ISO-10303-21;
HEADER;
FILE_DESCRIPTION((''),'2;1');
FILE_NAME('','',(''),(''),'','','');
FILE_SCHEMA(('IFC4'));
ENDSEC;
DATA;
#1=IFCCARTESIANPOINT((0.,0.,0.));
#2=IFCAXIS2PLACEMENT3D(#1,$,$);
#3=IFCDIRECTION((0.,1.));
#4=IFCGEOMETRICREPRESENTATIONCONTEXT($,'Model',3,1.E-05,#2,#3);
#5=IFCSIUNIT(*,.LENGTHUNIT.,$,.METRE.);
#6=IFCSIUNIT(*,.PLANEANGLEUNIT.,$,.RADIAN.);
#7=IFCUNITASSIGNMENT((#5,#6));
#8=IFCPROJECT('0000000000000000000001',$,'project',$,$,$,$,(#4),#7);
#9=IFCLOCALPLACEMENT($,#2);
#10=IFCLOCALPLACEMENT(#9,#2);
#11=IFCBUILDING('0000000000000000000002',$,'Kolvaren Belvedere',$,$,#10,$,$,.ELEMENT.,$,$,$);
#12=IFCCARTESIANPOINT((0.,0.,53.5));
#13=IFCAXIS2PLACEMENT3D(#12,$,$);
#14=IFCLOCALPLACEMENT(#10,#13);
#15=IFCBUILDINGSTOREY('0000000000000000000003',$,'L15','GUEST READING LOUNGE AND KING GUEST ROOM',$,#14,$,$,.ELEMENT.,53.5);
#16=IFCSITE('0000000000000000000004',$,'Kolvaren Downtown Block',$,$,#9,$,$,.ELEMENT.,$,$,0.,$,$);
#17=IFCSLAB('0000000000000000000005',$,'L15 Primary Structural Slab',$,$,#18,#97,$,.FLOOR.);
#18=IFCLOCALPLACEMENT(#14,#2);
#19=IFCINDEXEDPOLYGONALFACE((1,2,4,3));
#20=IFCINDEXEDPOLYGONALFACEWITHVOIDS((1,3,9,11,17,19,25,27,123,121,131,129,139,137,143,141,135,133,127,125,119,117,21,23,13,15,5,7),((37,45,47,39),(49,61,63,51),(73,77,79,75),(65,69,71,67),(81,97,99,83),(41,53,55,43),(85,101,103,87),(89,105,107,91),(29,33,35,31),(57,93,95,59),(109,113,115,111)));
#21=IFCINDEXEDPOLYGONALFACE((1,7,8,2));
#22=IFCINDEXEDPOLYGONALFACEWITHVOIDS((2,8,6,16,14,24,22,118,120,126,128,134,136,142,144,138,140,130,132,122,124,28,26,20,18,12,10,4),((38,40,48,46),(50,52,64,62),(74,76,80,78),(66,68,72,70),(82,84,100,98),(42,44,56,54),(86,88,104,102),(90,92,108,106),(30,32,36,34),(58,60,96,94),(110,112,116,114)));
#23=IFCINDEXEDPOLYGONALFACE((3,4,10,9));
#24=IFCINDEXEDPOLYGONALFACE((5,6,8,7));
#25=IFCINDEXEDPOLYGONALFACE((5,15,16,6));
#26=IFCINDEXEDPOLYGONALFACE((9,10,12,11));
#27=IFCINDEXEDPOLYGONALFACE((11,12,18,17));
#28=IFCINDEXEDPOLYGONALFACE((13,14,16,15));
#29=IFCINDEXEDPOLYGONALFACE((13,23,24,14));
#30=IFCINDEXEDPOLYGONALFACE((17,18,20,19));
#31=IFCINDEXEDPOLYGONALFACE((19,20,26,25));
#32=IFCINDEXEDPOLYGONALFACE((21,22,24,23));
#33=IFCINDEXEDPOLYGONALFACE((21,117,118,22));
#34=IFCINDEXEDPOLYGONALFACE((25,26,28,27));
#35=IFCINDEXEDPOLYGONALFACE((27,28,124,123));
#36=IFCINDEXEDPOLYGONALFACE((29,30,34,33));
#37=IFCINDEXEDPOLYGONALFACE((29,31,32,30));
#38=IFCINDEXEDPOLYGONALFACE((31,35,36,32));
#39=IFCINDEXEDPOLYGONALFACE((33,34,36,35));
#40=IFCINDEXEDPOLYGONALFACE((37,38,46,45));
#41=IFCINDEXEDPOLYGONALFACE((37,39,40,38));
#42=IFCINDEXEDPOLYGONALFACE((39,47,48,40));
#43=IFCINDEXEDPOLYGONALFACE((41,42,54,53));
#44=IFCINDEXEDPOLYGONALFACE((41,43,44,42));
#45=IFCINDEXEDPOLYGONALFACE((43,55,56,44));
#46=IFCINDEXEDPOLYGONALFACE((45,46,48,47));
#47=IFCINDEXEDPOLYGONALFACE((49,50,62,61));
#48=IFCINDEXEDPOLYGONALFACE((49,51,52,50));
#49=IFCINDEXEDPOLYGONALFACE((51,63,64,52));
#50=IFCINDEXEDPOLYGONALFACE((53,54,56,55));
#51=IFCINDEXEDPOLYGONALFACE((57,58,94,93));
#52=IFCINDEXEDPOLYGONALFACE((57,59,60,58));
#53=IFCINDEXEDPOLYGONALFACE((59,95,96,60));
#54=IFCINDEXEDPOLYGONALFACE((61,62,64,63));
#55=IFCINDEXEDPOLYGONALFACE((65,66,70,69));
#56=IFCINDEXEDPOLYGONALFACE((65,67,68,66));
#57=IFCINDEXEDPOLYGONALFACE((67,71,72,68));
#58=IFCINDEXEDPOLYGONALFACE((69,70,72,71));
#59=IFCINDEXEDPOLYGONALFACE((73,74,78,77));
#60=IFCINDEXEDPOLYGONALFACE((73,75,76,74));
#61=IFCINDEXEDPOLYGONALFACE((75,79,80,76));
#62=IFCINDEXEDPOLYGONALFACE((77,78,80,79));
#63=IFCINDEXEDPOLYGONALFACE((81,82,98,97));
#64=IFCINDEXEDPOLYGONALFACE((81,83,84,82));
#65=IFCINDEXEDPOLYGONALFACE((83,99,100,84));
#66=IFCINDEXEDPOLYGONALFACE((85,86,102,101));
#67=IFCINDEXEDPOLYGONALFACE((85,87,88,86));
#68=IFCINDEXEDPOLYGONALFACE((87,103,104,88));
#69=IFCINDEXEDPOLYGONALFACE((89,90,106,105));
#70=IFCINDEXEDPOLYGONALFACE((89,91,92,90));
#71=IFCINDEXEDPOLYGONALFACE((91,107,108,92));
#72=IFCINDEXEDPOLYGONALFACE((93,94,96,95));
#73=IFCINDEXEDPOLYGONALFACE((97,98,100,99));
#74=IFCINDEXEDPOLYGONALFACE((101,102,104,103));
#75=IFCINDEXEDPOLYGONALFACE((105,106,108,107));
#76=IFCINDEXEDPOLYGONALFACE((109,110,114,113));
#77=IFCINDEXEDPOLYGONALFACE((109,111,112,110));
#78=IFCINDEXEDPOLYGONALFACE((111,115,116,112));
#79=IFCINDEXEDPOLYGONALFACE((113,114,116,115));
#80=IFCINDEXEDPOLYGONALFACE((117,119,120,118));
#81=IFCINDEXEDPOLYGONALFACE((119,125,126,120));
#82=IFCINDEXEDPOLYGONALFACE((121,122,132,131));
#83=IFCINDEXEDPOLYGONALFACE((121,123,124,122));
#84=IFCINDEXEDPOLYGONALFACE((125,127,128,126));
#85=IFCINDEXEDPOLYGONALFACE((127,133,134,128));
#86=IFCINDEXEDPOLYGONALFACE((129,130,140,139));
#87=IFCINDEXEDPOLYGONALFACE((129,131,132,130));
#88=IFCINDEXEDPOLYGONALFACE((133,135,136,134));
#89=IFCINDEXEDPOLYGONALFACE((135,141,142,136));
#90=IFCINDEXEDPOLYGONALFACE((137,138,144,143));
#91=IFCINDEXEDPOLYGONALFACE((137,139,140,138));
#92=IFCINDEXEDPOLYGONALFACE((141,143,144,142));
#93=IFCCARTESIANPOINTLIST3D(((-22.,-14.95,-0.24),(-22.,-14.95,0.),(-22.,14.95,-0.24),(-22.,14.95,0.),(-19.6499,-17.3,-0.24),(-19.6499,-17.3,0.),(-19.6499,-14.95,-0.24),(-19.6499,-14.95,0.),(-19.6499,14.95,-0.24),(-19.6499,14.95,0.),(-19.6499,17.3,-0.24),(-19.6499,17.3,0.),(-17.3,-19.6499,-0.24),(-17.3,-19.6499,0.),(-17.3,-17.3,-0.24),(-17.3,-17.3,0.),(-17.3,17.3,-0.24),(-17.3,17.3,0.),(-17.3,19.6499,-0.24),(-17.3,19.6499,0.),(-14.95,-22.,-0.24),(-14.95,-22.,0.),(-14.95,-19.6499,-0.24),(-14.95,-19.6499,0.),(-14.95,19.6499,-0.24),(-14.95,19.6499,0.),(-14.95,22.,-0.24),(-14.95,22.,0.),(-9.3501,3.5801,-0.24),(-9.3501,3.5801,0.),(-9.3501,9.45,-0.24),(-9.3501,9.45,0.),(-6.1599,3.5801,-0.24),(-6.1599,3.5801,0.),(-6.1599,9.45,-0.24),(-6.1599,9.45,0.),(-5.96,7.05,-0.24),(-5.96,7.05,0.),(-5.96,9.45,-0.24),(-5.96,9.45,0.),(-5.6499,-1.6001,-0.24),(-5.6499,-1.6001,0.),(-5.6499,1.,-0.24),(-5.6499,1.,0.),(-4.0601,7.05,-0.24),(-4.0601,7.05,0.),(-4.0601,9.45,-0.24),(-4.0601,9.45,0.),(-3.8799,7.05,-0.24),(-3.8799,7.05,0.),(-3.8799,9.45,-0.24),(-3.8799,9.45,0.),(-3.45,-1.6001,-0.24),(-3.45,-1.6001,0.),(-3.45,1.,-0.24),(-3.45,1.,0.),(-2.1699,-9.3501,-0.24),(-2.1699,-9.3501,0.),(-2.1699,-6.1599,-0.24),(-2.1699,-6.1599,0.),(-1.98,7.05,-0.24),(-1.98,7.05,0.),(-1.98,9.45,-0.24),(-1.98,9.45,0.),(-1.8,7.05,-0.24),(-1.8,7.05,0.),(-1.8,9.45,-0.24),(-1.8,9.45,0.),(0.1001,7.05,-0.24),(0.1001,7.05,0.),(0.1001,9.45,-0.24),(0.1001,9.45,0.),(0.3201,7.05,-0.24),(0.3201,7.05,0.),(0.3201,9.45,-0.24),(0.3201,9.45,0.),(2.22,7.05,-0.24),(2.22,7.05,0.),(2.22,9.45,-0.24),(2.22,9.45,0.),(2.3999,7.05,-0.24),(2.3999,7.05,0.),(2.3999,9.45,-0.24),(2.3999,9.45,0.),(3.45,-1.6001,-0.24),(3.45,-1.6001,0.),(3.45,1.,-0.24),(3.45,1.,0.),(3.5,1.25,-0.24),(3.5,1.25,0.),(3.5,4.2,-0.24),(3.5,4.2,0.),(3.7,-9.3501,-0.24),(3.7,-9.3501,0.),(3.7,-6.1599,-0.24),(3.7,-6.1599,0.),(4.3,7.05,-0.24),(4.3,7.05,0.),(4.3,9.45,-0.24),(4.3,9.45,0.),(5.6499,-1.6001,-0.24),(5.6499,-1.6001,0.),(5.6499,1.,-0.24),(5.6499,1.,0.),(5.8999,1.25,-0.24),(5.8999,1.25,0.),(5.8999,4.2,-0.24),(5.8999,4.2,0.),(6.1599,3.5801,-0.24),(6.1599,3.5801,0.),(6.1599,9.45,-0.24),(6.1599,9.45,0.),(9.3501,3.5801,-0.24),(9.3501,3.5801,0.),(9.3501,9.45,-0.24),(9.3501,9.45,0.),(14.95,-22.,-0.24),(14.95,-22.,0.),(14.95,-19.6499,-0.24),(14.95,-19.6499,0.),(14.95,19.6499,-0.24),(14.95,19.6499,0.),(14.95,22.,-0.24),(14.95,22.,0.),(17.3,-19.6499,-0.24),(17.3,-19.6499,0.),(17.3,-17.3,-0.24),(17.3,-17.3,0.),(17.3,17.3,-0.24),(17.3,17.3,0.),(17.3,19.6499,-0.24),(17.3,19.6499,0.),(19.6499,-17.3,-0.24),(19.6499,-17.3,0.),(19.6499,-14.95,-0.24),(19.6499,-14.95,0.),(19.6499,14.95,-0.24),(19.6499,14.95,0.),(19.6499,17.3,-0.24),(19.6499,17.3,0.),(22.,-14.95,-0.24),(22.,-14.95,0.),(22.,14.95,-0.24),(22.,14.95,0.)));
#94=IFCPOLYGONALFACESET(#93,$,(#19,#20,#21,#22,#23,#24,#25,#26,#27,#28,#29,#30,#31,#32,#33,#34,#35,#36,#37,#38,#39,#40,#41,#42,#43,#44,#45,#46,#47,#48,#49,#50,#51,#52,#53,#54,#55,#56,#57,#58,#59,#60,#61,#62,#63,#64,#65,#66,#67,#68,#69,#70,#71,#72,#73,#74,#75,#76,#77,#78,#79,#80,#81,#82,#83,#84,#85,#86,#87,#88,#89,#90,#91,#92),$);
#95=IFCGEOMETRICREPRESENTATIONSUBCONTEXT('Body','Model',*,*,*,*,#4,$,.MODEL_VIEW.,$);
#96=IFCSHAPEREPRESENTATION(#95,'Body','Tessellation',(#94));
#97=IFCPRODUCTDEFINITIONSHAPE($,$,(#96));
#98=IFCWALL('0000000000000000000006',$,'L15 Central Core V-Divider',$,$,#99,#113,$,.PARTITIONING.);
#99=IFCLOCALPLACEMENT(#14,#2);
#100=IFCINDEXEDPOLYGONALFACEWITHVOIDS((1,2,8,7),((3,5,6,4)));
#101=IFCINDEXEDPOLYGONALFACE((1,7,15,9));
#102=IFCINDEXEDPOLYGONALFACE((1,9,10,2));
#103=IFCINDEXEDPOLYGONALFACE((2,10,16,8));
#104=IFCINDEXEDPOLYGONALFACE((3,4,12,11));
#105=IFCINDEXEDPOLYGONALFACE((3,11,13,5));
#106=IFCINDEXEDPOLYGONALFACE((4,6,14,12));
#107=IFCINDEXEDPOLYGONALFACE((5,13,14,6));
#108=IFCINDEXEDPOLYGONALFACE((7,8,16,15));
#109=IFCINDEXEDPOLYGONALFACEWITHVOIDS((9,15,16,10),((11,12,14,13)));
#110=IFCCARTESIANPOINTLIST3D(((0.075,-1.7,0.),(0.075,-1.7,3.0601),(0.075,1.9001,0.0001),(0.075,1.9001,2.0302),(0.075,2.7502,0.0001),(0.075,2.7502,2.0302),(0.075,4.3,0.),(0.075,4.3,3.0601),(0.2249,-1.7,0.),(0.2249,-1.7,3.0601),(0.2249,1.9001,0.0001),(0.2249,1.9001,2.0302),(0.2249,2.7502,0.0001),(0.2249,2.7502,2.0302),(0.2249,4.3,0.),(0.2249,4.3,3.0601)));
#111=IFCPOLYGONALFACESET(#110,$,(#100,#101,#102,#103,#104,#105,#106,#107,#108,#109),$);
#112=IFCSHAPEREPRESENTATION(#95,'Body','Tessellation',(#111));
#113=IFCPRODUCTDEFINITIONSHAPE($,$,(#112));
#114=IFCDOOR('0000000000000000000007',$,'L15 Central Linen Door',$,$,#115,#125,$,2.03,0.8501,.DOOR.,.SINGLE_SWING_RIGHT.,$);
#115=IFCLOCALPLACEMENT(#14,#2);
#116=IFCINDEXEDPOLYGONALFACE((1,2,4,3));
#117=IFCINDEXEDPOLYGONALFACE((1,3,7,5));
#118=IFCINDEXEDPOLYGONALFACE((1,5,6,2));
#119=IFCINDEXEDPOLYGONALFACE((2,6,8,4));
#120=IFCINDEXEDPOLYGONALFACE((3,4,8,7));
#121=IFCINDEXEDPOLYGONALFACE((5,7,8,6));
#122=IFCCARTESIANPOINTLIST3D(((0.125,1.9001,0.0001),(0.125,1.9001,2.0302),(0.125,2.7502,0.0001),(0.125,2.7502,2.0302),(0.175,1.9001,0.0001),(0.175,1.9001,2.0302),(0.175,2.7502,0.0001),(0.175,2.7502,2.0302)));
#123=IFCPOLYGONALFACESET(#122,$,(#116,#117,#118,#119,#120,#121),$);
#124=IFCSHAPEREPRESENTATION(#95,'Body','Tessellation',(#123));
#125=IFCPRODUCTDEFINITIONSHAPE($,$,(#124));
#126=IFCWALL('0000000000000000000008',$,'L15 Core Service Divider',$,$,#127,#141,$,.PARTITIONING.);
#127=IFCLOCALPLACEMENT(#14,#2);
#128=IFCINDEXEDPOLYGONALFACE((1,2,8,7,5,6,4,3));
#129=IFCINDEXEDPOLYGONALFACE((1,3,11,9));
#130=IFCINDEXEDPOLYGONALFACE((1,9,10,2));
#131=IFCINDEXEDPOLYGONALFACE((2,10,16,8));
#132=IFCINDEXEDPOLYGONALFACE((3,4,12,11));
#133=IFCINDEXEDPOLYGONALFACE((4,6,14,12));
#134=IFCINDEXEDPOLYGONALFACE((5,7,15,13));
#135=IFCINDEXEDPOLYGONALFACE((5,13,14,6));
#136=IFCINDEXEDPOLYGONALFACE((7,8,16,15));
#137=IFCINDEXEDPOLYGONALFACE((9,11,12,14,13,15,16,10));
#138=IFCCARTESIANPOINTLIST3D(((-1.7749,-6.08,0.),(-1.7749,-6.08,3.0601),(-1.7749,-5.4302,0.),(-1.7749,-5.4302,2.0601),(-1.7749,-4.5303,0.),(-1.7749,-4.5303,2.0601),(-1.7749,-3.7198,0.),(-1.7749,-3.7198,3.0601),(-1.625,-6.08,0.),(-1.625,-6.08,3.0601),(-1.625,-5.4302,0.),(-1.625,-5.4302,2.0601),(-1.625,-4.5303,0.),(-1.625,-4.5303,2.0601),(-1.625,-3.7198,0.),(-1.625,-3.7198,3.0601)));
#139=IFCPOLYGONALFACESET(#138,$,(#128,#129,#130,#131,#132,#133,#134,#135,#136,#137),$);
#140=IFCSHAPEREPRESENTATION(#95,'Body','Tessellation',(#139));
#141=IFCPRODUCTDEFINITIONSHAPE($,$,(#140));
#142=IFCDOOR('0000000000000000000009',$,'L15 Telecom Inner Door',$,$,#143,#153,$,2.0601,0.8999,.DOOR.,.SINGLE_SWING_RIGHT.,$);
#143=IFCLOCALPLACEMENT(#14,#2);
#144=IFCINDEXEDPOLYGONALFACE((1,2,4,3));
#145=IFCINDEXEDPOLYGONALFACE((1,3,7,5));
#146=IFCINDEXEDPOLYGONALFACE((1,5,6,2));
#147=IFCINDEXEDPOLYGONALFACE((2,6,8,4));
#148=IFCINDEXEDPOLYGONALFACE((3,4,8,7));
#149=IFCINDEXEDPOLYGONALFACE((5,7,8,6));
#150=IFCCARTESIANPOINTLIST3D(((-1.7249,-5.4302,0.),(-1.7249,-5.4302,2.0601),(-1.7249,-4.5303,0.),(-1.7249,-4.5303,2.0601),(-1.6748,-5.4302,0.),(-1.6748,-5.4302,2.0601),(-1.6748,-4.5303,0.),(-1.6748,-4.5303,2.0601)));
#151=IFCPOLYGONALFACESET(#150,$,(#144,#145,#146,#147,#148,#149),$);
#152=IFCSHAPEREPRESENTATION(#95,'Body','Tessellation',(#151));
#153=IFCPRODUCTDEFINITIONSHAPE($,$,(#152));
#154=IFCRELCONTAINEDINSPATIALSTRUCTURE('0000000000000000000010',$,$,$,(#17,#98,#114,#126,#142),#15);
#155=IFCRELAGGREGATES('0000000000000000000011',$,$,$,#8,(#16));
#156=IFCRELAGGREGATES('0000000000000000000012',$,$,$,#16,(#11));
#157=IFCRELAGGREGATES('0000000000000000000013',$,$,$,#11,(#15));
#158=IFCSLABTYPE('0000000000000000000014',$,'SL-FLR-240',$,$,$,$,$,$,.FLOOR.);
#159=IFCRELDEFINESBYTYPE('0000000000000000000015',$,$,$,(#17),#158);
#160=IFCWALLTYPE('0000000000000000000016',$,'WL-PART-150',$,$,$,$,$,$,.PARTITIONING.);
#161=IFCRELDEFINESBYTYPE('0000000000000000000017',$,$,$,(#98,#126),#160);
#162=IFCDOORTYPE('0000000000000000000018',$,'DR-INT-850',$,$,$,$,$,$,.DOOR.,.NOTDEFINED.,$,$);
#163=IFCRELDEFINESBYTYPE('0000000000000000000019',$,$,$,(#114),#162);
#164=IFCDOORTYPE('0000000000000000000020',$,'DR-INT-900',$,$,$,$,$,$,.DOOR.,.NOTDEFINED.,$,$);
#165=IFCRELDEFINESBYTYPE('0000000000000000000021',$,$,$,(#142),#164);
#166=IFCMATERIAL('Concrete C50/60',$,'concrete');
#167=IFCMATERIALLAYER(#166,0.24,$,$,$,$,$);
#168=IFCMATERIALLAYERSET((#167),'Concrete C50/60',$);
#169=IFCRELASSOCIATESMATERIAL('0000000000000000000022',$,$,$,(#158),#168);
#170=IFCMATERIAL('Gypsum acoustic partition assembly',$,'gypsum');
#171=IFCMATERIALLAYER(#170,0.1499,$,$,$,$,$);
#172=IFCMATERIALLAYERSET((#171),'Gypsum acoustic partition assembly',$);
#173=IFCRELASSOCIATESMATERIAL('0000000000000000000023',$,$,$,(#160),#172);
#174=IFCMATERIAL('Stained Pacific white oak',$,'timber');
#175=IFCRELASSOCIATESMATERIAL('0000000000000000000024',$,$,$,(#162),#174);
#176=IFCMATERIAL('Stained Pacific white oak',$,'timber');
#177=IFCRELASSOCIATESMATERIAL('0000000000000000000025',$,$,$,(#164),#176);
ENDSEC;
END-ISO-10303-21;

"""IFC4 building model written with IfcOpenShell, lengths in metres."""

from ifc_helpers import new_model, si_unit, direction, frame, frame_2d, origin, place, context, subcontext, project, spatial, polyline, rectangle, outline, extrude, material, layer, layer_set, type_object, element, fill, save


model = new_model("IFC4")

# Units and contexts
model_context = context("Model", 3, precision=1e-05, world=origin(), true_north=direction((0.0, 1.0)))
body_context = subcontext(model_context, "Body", "Model", "MODEL_VIEW")
ifc_project = project(units=[si_unit("LENGTHUNIT", "METRE"), si_unit("PLANEANGLEUNIT", "RADIAN")], contexts=[model_context])

# Site, building, storey
site_placement = place(None, origin())
site = spatial("IfcSite", under=ifc_project, at=site_placement, Name="Kolvaren Downtown Block", CompositionType="ELEMENT", RefElevation=0.0)
building_placement = place(site_placement, origin())
building = spatial("IfcBuilding", under=site, at=building_placement, Name="Kolvaren Belvedere", CompositionType="ELEMENT")
storey_placement = place(building_placement, frame((0.0, 0.0, 53.5)))
storey = spatial("IfcBuildingStorey", under=building, at=storey_placement, Name="L15", Description="GUEST READING LOUNGE AND KING GUEST ROOM", CompositionType="ELEMENT", Elevation=53.5)

# Slab
ifc_material_1 = material(Name="Concrete C50/60", Category="concrete")
ifc_layer_1 = layer(ifc_material_1, 0.24)
ifc_layer_set_1 = layer_set([ifc_layer_1], Name="Concrete C50/60")
slab_type = type_object("IfcSlabType", Name="SL-FLR-240", PredefinedType="FLOOR", material=ifc_layer_set_1)
slab_placement = place(storey_placement, frame((0.0, 0.0, -0.24)))
element("IfcSlab", 1, at=slab_placement, inside=storey, type_object=slab_type, Name="L15 Primary Structural Slab", PredefinedType="FLOOR", context=body_context, shape_type="SweptSolid", body=[
    extrude(outline(polyline([(-14.95, -22.0), (14.95, -22.0), (14.95, -19.6499), (17.3, -19.6499), (17.3, -17.3), (19.6499, -17.3), (19.6499, -14.95), (22.0, -14.95), (22.0, 14.95), (19.6499, 14.95), (19.6499, 17.3), (17.3, 17.3), (17.3, 19.6499), (14.95, 19.6499), (14.95, 22.0), (-14.95, 22.0), (-14.95, 19.6499), (-17.3, 19.6499), (-17.3, 17.3), (-19.6499, 17.3), (-19.6499, 14.95), (-22.0, 14.95), (-22.0, -14.95), (-19.6499, -14.95), (-19.6499, -17.3), (-17.3, -17.3), (-17.3, -19.6499), (-14.95, -19.6499), (-14.95, -22.0)]), holes=[polyline([(-9.3501, 3.5801), (-6.1599, 3.5801), (-6.1599, 9.45), (-9.3501, 9.45), (-9.3501, 3.5801)]), polyline([(6.1599, 3.5801), (9.3501, 3.5801), (9.3501, 9.45), (6.1599, 9.45), (6.1599, 3.5801)]), polyline([(-2.1699, -9.3501), (3.7, -9.3501), (3.7, -6.1599), (-2.1699, -6.1599), (-2.1699, -9.3501)]), polyline([(-5.6499, -1.6001), (-3.45, -1.6001), (-3.45, 1.0), (-5.6499, 1.0), (-5.6499, -1.6001)]), polyline([(3.5, 1.25), (5.8999, 1.25), (5.8999, 4.2), (3.5, 4.2), (3.5, 1.25)]), polyline([(3.45, -1.6001), (5.6499, -1.6001), (5.6499, 1.0), (3.45, 1.0), (3.45, -1.6001)]), polyline([(-5.96, 7.05), (-4.0601, 7.05), (-4.0601, 9.45), (-5.96, 9.45), (-5.96, 7.05)]), polyline([(-3.8799, 7.05), (-1.98, 7.05), (-1.98, 9.45), (-3.8799, 9.45), (-3.8799, 7.05)]), polyline([(-1.8, 7.05), (0.1001, 7.05), (0.1001, 9.45), (-1.8, 9.45), (-1.8, 7.05)]), polyline([(0.3201, 7.05), (2.22, 7.05), (2.22, 9.45), (0.3201, 9.45), (0.3201, 7.05)]), polyline([(2.3999, 7.05), (4.3, 7.05), (4.3, 9.45), (2.3999, 9.45), (2.3999, 7.05)])]), origin(), (0.0, 0.0, 1.0), 0.24),
])

# Walls, openings, doors
ifc_material_2 = material(Name="Gypsum acoustic partition assembly", Category="gypsum")
ifc_layer_2 = layer(ifc_material_2, 0.1499)
ifc_layer_set_2 = layer_set([ifc_layer_2], Name="Gypsum acoustic partition assembly")
wall_type = type_object("IfcWallType", Name="WL-PART-150", PredefinedType="PARTITIONING", material=ifc_layer_set_2)
wall_1_placement = place(storey_placement, frame((0.1499, -1.7, 0.0), z_axis=(0.0, 0.0, 1.0), x_axis=(0.0, 1.0, 0.0)))
wall_1 = element("IfcWall", 2, at=wall_1_placement, inside=storey, type_object=wall_type, Name="L15 Central Core V-Divider", PredefinedType="PARTITIONING", context=body_context, shape_type="SweptSolid", body=[
    extrude(rectangle(XDim=6.0, YDim=0.1499, at=frame_2d((3.0, 0.0))), origin(), (0.0, 0.0, 1.0), 3.0601),
])
opening_1_placement = place(wall_1_placement, frame((3.6001, 0.0, 0.0)))
opening_1 = element("IfcOpeningElement", 3, at=opening_1_placement, cuts=wall_1, PredefinedType="OPENING", context=body_context, shape_type="SweptSolid", body=[
    extrude(rectangle(XDim=0.8501, YDim=2.03, at=frame_2d((0.425, 1.0151))), frame((0.0, 0.085, 0.0), z_axis=(0.0, -1.0, 0.0), x_axis=(1.0, 0.0, 0.0)), (0.0, 0.0, 1.0), 0.1699),
])
ifc_material_3 = material(Name="Stained Pacific white oak", Category="timber")
door_type_1 = type_object("IfcDoorType", Name="DR-INT-850", OperationType="NOTDEFINED", PredefinedType="DOOR", material=ifc_material_3)
door_1_placement = place(opening_1_placement, origin())
door_1 = element("IfcDoor", 4, at=door_1_placement, inside=storey, type_object=door_type_1, Name="L15 Central Linen Door", OperationType="SINGLE_SWING_RIGHT", OverallHeight=2.03, OverallWidth=0.8501, PredefinedType="DOOR", context=body_context, shape_type="SweptSolid", body=[
    extrude(rectangle(XDim=0.8501, YDim=2.03, at=frame_2d((0.425, 1.0151))), frame((0.0, 0.0249, 0.0), z_axis=(0.0, -1.0, 0.0), x_axis=(1.0, 0.0, 0.0)), (0.0, 0.0, 1.0), 0.05),
])
fill(opening_1, door_1)
wall_2_placement = place(storey_placement, frame((-1.7, -6.0801, 0.0), z_axis=(0.0, 0.0, 1.0), x_axis=(0.0, 1.0, 0.0)))
wall_2 = element("IfcWall", 5, at=wall_2_placement, inside=storey, type_object=wall_type, Name="L15 Core Service Divider", PredefinedType="PARTITIONING", context=body_context, shape_type="SweptSolid", body=[
    extrude(rectangle(XDim=2.3601, YDim=0.1499, at=frame_2d((1.1802, 0.0))), origin(), (0.0, 0.0, 1.0), 3.0601),
])
opening_2_placement = place(wall_2_placement, frame((0.6499, 0.0, 0.0)))
opening_2 = element("IfcOpeningElement", 6, at=opening_2_placement, cuts=wall_2, PredefinedType="OPENING", context=body_context, shape_type="SweptSolid", body=[
    extrude(rectangle(XDim=0.8999, YDim=2.0601, at=frame_2d((0.45, 1.03))), frame((0.0, 0.085, 0.0), z_axis=(0.0, -1.0, 0.0), x_axis=(1.0, 0.0, 0.0)), (0.0, 0.0, 1.0), 0.1699),
])
ifc_material_4 = material(Name="Stained Pacific white oak", Category="timber")
door_type_2 = type_object("IfcDoorType", Name="DR-INT-900", OperationType="NOTDEFINED", PredefinedType="DOOR", material=ifc_material_4)
door_2_placement = place(opening_2_placement, origin())
door_2 = element("IfcDoor", 7, at=door_2_placement, inside=storey, type_object=door_type_2, Name="L15 Telecom Inner Door", OperationType="SINGLE_SWING_RIGHT", OverallHeight=2.0601, OverallWidth=0.8999, PredefinedType="DOOR", context=body_context, shape_type="SweptSolid", body=[
    extrude(rectangle(XDim=0.8999, YDim=2.0601, at=frame_2d((0.45, 1.03))), frame((0.0, 0.0249, 0.0), z_axis=(0.0, -1.0, 0.0), x_axis=(1.0, 0.0, 0.0)), (0.0, 0.0, 1.0), 0.05),
])
fill(opening_2, door_2)

save(model, "model.ifc")
